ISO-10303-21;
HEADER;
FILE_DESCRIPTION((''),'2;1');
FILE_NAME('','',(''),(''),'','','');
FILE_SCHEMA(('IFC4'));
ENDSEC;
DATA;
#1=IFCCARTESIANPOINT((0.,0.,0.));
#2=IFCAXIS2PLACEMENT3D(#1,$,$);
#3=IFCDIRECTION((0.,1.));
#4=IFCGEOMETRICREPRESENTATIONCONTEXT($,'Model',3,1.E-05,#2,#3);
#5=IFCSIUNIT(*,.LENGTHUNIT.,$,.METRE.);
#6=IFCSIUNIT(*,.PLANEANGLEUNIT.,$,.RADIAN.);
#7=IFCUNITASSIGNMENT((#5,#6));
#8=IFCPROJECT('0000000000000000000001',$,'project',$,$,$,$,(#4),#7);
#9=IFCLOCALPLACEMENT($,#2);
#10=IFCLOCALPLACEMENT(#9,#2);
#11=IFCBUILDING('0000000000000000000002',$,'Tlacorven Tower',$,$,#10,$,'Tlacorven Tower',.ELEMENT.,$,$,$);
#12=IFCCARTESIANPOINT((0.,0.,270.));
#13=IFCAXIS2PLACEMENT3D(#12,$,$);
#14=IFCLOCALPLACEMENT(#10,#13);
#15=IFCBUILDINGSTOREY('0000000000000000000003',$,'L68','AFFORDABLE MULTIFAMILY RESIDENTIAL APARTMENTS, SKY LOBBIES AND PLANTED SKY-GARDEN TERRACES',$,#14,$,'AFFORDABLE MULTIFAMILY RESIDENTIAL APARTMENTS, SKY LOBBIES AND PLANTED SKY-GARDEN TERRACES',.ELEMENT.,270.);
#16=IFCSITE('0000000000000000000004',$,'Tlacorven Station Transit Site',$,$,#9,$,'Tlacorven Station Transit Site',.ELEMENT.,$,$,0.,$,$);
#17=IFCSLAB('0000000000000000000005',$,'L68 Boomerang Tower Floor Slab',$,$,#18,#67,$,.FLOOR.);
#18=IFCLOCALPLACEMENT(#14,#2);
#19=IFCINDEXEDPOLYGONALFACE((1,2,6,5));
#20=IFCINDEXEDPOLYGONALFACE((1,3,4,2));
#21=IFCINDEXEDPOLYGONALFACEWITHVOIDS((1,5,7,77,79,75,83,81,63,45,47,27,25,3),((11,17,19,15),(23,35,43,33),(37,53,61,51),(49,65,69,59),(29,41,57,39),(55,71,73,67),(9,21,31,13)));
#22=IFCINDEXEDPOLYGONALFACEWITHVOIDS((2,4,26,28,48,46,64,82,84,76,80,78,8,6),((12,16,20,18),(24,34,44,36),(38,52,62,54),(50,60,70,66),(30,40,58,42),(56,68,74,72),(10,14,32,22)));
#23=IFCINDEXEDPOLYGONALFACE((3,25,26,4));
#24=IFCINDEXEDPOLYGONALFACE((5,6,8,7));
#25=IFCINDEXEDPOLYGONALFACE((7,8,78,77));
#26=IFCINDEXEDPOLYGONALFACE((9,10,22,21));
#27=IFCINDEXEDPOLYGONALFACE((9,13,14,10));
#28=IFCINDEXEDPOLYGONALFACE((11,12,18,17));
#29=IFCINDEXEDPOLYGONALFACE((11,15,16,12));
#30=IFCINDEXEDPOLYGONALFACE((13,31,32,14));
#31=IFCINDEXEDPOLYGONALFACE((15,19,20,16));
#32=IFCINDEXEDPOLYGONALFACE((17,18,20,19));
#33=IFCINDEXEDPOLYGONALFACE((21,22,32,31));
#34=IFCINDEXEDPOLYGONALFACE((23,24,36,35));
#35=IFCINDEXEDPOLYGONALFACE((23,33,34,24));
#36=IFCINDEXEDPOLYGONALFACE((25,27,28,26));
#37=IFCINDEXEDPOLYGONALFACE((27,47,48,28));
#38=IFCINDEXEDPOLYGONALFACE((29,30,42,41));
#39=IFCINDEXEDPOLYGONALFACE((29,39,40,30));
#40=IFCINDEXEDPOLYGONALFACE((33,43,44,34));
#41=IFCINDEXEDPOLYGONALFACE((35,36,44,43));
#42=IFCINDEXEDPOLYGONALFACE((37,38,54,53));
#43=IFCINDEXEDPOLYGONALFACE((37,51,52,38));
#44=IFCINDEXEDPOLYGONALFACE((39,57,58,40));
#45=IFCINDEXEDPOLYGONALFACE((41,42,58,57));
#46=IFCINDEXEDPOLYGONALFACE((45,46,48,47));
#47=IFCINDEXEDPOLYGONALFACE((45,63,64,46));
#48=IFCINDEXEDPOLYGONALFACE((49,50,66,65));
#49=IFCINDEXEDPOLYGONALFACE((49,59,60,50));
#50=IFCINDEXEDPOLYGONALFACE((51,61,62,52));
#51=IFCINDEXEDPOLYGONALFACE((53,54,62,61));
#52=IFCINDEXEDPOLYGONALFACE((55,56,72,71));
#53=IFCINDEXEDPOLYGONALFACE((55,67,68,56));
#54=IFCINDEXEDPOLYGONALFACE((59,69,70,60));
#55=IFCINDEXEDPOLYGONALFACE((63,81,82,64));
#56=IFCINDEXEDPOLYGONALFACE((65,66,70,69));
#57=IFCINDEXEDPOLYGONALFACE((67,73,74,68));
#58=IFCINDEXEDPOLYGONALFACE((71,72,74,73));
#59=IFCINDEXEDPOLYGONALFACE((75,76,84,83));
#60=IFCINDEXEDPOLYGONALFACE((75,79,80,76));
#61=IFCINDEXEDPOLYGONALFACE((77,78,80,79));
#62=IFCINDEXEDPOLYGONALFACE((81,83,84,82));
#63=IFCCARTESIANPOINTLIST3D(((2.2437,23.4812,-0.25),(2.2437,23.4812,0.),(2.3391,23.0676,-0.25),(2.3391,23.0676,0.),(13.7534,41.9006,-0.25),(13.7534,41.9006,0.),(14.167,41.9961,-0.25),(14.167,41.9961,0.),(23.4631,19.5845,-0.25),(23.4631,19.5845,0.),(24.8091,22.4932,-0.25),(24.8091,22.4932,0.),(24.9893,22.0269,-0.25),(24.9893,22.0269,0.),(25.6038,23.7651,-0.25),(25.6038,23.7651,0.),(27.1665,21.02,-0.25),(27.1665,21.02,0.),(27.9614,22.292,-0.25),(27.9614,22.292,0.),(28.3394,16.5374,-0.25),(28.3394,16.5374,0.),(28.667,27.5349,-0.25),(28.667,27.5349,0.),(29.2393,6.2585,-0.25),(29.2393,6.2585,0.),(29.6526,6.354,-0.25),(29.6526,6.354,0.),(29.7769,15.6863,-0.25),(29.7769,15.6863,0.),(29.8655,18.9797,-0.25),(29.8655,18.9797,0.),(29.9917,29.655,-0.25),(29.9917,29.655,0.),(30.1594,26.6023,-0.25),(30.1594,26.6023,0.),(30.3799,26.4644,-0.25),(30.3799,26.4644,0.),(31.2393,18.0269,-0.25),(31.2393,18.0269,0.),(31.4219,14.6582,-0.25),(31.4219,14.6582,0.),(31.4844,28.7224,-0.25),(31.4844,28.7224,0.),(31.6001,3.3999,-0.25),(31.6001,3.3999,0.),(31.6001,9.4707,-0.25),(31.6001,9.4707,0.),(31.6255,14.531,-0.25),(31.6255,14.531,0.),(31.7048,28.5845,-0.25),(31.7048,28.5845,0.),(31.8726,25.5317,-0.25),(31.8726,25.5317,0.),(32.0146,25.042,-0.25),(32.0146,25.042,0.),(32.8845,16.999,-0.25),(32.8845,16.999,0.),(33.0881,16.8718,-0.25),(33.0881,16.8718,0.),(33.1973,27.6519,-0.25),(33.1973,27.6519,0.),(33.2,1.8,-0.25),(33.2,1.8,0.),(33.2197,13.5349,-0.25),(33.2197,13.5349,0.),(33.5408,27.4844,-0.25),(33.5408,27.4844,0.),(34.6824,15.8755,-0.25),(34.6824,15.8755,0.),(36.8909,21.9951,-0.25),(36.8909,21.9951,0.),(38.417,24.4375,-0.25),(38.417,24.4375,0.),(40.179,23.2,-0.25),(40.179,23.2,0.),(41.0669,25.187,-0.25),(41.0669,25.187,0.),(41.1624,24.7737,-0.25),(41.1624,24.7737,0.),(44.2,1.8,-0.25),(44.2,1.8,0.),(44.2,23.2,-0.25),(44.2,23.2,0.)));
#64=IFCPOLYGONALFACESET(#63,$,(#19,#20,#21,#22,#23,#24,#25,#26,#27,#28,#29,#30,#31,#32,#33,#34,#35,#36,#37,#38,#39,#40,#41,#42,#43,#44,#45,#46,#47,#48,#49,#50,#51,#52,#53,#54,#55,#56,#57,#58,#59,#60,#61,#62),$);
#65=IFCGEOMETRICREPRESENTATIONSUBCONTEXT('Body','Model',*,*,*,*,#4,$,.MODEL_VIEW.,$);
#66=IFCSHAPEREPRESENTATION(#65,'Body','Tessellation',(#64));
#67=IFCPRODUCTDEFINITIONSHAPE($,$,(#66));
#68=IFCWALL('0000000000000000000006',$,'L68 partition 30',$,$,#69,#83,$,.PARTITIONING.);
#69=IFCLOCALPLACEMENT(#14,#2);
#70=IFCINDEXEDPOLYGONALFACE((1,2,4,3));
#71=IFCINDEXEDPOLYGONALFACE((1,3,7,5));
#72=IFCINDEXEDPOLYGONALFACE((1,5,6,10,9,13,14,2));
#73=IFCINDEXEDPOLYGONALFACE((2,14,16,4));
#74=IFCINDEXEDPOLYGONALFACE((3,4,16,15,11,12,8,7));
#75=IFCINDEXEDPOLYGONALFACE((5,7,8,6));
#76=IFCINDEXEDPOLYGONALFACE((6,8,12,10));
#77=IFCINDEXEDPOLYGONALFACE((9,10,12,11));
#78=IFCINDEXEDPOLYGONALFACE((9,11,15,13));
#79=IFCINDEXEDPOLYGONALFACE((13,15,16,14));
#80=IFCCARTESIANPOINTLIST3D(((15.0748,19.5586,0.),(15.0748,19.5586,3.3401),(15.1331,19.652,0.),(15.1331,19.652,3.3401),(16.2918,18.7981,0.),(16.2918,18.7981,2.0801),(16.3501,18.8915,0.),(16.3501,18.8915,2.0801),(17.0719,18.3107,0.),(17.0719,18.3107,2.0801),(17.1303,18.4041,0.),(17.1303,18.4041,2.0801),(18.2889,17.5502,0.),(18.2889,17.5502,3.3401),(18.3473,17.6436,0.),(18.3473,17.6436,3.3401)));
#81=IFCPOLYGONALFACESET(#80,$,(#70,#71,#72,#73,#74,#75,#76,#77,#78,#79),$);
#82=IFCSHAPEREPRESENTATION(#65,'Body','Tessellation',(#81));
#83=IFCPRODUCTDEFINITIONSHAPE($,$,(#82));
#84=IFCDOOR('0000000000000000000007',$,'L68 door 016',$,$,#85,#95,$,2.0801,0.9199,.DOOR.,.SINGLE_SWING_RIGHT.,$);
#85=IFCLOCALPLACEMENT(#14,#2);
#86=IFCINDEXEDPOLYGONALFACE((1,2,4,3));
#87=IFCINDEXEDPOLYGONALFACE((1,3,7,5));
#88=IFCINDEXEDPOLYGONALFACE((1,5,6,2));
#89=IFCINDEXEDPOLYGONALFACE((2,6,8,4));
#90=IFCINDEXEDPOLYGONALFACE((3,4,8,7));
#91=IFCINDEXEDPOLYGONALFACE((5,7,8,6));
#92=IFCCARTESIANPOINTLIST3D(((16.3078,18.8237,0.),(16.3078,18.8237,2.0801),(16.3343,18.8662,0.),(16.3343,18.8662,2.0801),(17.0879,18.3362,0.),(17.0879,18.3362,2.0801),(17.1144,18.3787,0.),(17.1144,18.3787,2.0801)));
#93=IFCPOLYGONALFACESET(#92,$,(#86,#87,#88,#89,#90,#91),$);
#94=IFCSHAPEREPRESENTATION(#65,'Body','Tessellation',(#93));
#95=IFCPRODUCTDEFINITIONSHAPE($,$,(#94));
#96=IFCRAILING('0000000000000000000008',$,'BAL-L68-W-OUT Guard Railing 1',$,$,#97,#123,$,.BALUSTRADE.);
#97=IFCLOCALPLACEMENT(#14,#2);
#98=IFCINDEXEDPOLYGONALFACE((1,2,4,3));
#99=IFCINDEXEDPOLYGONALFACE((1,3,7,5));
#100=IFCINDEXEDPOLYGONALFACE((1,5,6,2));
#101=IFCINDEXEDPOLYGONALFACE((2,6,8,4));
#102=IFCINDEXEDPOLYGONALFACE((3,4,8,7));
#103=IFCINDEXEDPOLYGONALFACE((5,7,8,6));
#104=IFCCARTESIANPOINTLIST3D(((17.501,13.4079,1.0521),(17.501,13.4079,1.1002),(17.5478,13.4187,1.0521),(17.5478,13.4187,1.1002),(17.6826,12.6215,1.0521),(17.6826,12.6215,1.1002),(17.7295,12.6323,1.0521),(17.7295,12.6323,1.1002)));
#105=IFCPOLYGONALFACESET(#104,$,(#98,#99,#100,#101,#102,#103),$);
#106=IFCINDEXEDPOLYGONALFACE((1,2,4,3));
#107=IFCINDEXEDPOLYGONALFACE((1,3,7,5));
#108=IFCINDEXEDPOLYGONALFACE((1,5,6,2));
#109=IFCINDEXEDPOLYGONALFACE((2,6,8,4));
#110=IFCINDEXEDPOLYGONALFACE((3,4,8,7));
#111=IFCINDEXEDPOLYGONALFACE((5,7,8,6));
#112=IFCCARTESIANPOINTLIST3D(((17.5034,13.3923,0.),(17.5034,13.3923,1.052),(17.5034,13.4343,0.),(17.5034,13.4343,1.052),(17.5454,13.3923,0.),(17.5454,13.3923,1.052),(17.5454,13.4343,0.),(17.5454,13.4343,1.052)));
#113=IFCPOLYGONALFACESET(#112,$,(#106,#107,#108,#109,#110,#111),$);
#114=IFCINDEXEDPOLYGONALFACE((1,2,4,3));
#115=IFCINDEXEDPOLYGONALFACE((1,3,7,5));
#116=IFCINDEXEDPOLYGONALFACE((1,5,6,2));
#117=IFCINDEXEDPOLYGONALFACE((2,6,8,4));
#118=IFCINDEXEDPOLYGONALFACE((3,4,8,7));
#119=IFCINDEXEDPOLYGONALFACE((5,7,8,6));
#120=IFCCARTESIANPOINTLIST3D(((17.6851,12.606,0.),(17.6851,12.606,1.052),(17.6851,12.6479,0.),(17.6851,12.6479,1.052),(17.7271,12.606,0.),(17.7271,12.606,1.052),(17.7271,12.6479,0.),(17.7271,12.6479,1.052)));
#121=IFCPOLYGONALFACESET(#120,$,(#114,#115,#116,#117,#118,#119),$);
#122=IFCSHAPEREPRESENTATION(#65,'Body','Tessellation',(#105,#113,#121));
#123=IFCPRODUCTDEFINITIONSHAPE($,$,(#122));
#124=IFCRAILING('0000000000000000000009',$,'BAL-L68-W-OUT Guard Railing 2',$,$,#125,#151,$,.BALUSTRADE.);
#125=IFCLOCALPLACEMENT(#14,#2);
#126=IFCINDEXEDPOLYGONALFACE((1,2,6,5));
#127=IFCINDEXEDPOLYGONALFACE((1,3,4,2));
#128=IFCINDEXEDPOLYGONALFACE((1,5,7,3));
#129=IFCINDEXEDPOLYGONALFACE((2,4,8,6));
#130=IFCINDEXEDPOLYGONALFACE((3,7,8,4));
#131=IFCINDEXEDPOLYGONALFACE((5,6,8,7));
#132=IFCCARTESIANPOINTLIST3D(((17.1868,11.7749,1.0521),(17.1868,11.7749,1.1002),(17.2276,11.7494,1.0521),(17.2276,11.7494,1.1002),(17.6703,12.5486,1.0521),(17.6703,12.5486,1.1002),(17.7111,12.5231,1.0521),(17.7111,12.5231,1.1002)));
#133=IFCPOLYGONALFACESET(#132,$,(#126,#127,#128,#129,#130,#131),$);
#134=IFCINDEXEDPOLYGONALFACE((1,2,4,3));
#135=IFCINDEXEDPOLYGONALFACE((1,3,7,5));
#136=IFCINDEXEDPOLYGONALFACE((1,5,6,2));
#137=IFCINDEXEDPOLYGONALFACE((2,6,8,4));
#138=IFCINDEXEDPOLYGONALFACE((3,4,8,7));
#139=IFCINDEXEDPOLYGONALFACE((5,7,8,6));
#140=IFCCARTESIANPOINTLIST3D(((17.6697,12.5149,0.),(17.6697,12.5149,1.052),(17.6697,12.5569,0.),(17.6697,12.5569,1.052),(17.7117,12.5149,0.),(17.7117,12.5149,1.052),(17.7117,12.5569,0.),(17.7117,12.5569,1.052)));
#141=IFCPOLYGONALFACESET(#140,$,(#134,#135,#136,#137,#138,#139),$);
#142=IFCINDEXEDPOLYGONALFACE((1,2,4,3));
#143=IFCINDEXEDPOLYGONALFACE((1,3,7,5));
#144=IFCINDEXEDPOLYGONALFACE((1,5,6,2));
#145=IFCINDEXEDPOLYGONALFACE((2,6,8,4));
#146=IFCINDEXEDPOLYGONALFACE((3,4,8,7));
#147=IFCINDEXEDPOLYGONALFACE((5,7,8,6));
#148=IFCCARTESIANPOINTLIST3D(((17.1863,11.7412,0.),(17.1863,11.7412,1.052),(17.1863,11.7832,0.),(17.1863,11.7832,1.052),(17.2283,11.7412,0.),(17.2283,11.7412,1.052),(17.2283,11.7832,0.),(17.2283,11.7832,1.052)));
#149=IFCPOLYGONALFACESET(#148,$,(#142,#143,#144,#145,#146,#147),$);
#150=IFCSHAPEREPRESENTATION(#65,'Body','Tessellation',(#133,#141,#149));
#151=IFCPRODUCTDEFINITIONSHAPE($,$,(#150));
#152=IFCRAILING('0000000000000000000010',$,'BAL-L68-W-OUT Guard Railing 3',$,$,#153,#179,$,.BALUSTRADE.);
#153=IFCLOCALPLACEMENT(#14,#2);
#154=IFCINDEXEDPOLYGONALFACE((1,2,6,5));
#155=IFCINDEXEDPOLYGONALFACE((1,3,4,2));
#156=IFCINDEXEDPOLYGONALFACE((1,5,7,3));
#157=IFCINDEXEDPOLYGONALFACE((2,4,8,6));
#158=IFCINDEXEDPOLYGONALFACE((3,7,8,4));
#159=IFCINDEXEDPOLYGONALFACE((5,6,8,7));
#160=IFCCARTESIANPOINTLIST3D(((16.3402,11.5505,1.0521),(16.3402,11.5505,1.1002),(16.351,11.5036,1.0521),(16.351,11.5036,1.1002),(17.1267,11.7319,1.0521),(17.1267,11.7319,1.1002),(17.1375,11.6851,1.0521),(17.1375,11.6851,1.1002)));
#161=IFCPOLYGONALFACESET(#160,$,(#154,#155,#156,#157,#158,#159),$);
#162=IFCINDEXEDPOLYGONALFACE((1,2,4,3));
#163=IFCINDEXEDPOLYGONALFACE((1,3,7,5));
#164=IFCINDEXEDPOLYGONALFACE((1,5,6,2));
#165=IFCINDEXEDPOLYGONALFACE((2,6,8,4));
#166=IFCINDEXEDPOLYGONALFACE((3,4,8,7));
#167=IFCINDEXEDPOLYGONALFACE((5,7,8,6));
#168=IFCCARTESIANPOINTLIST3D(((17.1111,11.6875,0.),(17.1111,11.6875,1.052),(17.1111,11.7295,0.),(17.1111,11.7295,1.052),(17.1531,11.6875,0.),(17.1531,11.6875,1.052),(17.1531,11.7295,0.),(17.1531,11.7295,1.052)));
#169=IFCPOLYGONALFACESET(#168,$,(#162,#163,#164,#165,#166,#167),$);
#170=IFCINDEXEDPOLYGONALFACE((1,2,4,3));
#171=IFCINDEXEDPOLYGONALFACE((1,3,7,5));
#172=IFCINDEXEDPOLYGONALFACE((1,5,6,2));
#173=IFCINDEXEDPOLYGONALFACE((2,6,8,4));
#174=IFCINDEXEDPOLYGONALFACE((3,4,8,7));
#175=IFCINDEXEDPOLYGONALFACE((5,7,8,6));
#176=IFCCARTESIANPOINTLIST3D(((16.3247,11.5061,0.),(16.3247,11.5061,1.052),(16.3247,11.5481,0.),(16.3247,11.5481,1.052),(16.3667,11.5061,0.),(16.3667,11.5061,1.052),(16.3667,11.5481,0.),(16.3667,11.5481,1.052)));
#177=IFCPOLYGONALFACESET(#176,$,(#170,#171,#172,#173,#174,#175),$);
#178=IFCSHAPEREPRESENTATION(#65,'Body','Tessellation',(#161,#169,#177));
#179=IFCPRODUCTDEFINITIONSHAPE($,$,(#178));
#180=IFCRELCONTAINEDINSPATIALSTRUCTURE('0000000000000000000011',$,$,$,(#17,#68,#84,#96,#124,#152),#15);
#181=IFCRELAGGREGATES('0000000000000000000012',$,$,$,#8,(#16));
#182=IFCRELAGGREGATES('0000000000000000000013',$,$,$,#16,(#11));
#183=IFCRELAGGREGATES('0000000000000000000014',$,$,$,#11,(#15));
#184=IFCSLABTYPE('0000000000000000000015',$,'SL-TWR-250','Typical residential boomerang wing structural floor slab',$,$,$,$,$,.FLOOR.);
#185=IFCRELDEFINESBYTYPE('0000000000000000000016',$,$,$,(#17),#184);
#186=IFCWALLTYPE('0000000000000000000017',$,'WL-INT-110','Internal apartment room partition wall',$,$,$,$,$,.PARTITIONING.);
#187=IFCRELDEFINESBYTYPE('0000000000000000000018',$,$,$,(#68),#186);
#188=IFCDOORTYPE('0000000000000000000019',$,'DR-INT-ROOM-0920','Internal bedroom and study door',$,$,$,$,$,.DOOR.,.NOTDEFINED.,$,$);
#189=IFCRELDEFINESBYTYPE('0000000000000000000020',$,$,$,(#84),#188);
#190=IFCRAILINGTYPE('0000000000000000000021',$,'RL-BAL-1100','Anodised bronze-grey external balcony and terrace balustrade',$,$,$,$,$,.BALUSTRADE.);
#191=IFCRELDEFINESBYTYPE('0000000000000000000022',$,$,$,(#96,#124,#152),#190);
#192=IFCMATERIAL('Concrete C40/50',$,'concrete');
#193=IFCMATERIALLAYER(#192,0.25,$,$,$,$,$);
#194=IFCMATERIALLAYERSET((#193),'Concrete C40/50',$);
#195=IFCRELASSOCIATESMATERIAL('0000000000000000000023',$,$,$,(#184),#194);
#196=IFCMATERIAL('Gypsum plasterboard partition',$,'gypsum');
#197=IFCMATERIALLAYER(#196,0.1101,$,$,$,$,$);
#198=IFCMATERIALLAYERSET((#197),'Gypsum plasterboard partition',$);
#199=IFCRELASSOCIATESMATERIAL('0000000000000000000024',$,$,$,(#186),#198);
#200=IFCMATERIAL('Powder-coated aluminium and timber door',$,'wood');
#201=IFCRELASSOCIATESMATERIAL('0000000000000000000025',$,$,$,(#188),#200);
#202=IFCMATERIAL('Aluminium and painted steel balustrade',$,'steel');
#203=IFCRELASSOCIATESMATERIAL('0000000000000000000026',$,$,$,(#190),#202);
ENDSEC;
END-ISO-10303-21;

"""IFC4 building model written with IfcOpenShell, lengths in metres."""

from ifc_helpers import new_model, si_unit, direction, frame, frame_2d, origin, origin_2d, place, context, subcontext, project, spatial, polyline, rectangle, outline, extrude, source, transform, mapped, material, layer, layer_set, type_object, element, fill, save


model = new_model("IFC4")

# Units and contexts
model_context = context("Model", 3, precision=1e-05, world=origin(), true_north=direction((0.0, 1.0)))
body_context = subcontext(model_context, "Body", "Model", "MODEL_VIEW")
ifc_project = project(units=[si_unit("LENGTHUNIT", "METRE"), si_unit("PLANEANGLEUNIT", "RADIAN")], contexts=[model_context])

# Site, building, storey
site_placement = place(None, origin())
site = spatial("IfcSite", under=ifc_project, at=site_placement, Name="Tlacorven Station Transit Site", LongName="Tlacorven Station Transit Site", CompositionType="ELEMENT", RefElevation=0.0)
building_placement = place(site_placement, origin())
building = spatial("IfcBuilding", under=site, at=building_placement, Name="Tlacorven Tower", LongName="Tlacorven Tower", CompositionType="ELEMENT")
storey_placement = place(building_placement, frame((0.0, 0.0, 270.0)))
storey = spatial("IfcBuildingStorey", under=building, at=storey_placement, Name="L68", Description="AFFORDABLE MULTIFAMILY RESIDENTIAL APARTMENTS, SKY LOBBIES AND PLANTED SKY-GARDEN TERRACES", LongName="AFFORDABLE MULTIFAMILY RESIDENTIAL APARTMENTS, SKY LOBBIES AND PLANTED SKY-GARDEN TERRACES", CompositionType="ELEMENT", Elevation=270.0)

# Shared definitions
ifc_material_1 = material(Name="Concrete C40/50", Category="concrete")

# Slab
ifc_layer_1 = layer(ifc_material_1, 0.25)
ifc_layer_set_1 = layer_set([ifc_layer_1], Name="Concrete C40/50")
slab_type_1 = type_object("IfcSlabType", Name="SL-TWR-250", Description="Typical residential boomerang wing structural floor slab", PredefinedType="FLOOR", material=ifc_layer_set_1)
slab_1_placement = place(storey_placement, frame((0.0, 0.0, -0.25)))
element("IfcSlab", 1, at=slab_1_placement, inside=storey, type_object=slab_type_1, Name="L68 Boomerang Tower Floor Slab", PredefinedType="FLOOR", context=body_context, shape_type="SweptSolid", body=[
    extrude(outline(polyline([(44.2, 23.2), (44.2, 1.8), (33.2, 1.8), (31.6001, 3.3999), (31.6001, 9.4707), (29.6526, 6.354), (29.2393, 6.2585), (2.3391, 23.0676), (2.2437, 23.4812), (13.7534, 41.9006), (14.167, 41.9961), (41.0669, 25.187), (41.1624, 24.7737), (40.179, 23.2), (44.2, 23.2)]), holes=[polyline([(29.8655, 18.9797), (24.9893, 22.0269), (23.4631, 19.5845), (28.3394, 16.5374), (29.8655, 18.9797)]), polyline([(38.417, 24.4375), (33.5408, 27.4844), (32.0146, 25.042), (36.8909, 21.9951), (38.417, 24.4375)]), polyline([(34.6824, 15.8755), (33.0881, 16.8718), (31.6255, 14.531), (33.2197, 13.5349), (34.6824, 15.8755)]), polyline([(32.8845, 16.999), (31.2393, 18.0269), (29.7769, 15.6863), (31.4219, 14.6582), (32.8845, 16.999)]), polyline([(33.1973, 27.6519), (31.7048, 28.5845), (30.3799, 26.4644), (31.8726, 25.5317), (33.1973, 27.6519)]), polyline([(31.4844, 28.7224), (29.9917, 29.655), (28.667, 27.5349), (30.1594, 26.6023), (31.4844, 28.7224)]), polyline([(27.9614, 22.292), (25.6038, 23.7651), (24.8091, 22.4932), (27.1665, 21.02), (27.9614, 22.292)])]), origin(), (0.0, 0.0, 1.0), 0.25),
])

# Wall, opening, door
ifc_material_2 = material(Name="Gypsum plasterboard partition", Category="gypsum")
ifc_layer_2 = layer(ifc_material_2, 0.1101)
ifc_layer_set_2 = layer_set([ifc_layer_2], Name="Gypsum plasterboard partition")
wall_type = type_object("IfcWallType", Name="WL-INT-110", Description="Internal apartment room partition wall", PredefinedType="PARTITIONING", material=ifc_layer_set_2)
wall_placement = place(storey_placement, frame((18.3181, 17.5969, 0.0), z_axis=(0.0, 0.0, 1.0), x_axis=(-0.84806, 0.529901, 0.0)))
wall = element("IfcWall", 2, at=wall_placement, inside=storey, type_object=wall_type, Name="L68 partition 30", PredefinedType="PARTITIONING", context=body_context, shape_type="SweptSolid", body=[
    extrude(rectangle(XDim=3.79, YDim=0.1101, at=frame_2d((1.895, 0.0))), origin(), (0.0, 0.0, 1.0), 3.3401),
])
opening_placement = place(wall_placement, frame((1.4351, 0.0, 0.0)))
opening = element("IfcOpeningElement", 3, at=opening_placement, cuts=wall, PredefinedType="OPENING", context=body_context, shape_type="SweptSolid", body=[
    extrude(rectangle(XDim=0.9199, YDim=2.0801, at=frame_2d((0.46, 1.04))), frame((0.0, 0.0649, 0.0), z_axis=(0.0, -1.0, 0.0), x_axis=(1.0, 0.0, 0.0)), (0.0, 0.0, 1.0), 0.1301),
])
ifc_material_3 = material(Name="Powder-coated aluminium and timber door", Category="wood")
door_type = type_object("IfcDoorType", Name="DR-INT-ROOM-0920", Description="Internal bedroom and study door", OperationType="NOTDEFINED", PredefinedType="DOOR", material=ifc_material_3)
shared_shape_1 = source(origin(), body_context, "Body", "SweptSolid", [
    extrude(rectangle(XDim=0.9199, YDim=2.0801, at=frame_2d((0.46, 1.04))), frame((0.0, 0.0249, 0.0), z_axis=(0.0, -1.0, 0.0), x_axis=(1.0, 0.0, 0.0)), (0.0, 0.0, 1.0), 0.05),
])
door_placement = place(opening_placement, origin())
door = element("IfcDoor", 4, at=door_placement, inside=storey, type_object=door_type, Name="L68 door 016", OperationType="SINGLE_SWING_RIGHT", OverallHeight=2.0801, OverallWidth=0.9199, PredefinedType="DOOR", context=body_context, shape_type="MappedRepresentation", body=[
    mapped(shared_shape_1, transform((0.0, 0.0, 0.0), scale=1.0)),
])
fill(opening, door)

# Railings
ifc_material_4 = material(Name="Aluminium and painted steel balustrade", Category="steel")
railing_type = type_object("IfcRailingType", Name="RL-BAL-1100", Description="Anodised bronze-grey external balcony and terrace balustrade", PredefinedType="BALUSTRADE", material=ifc_material_4)
shared_shape_2 = source(origin(), body_context, "Body", "SweptSolid", [
    extrude(rectangle(XDim=0.0481, YDim=0.0481, at=origin_2d()), frame((0.0, 0.0, 1.0762), z_axis=(0.225058, -0.974345, 0.0), x_axis=(0.974345, 0.225058, 0.0)), (0.0, 0.0, 1.0), 0.8071),
    extrude(rectangle(XDim=0.042, YDim=0.042, at=origin_2d()), origin(), (0.0, 0.0, 1.0), 1.052),
    extrude(rectangle(XDim=0.042, YDim=0.042, at=origin_2d()), frame((0.1816, -0.7864, 0.0)), (0.0, 0.0, 1.0), 1.052),
])
railing_1_placement = place(storey_placement, frame((17.5244, 13.4133, 0.0)))
element("IfcRailing", 5, at=railing_1_placement, inside=storey, type_object=railing_type, Name="BAL-L68-W-OUT Guard Railing 1", PredefinedType="BALUSTRADE", context=body_context, shape_type="MappedRepresentation", body=[
    mapped(shared_shape_2, transform((0.0, 0.0, 0.0), scale=1.0)),
])
shared_shape_3 = source(origin(), body_context, "Body", "SweptSolid", [
    extrude(rectangle(XDim=0.0481, YDim=0.0481, at=origin_2d()), frame((0.0, 0.0, 1.0762), z_axis=(-0.529879, -0.848073, 0.0), x_axis=(0.848073, -0.529879, 0.0)), (0.0, 0.0, 1.0), 0.9124),
    extrude(rectangle(XDim=0.042, YDim=0.042, at=origin_2d()), origin(), (0.0, 0.0, 1.0), 1.052),
    extrude(rectangle(XDim=0.042, YDim=0.042, at=origin_2d()), frame((-0.4834, -0.7737, 0.0)), (0.0, 0.0, 1.0), 1.052),
])
railing_2_placement = place(storey_placement, frame((17.6907, 12.5359, 0.0)))
element("IfcRailing", 6, at=railing_2_placement, inside=storey, type_object=railing_type, Name="BAL-L68-W-OUT Guard Railing 2", PredefinedType="BALUSTRADE", context=body_context, shape_type="MappedRepresentation", body=[
    mapped(shared_shape_3, transform((0.0, 0.0, 0.0), scale=1.0)),
])
shared_shape_4 = source(origin(), body_context, "Body", "SweptSolid", [
    extrude(rectangle(XDim=0.0481, YDim=0.0481, at=origin_2d()), frame((0.0, 0.0, 1.0762), z_axis=(-0.974412, -0.224771, 0.0), x_axis=(0.224771, -0.974412, 0.0)), (0.0, 0.0, 1.0), 0.8071),
    extrude(rectangle(XDim=0.042, YDim=0.042, at=origin_2d()), origin(), (0.0, 0.0, 1.0), 1.052),
    extrude(rectangle(XDim=0.042, YDim=0.042, at=origin_2d()), frame((-0.7864, -0.1814, 0.0)), (0.0, 0.0, 1.0), 1.052),
])
railing_3_placement = place(storey_placement, frame((17.1321, 11.7085, 0.0)))
element("IfcRailing", 7, at=railing_3_placement, inside=storey, type_object=railing_type, Name="BAL-L68-W-OUT Guard Railing 3", PredefinedType="BALUSTRADE", context=body_context, shape_type="MappedRepresentation", body=[
    mapped(shared_shape_4, transform((0.0, 0.0, 0.0), scale=1.0)),
])

save(model, "model.ifc")
